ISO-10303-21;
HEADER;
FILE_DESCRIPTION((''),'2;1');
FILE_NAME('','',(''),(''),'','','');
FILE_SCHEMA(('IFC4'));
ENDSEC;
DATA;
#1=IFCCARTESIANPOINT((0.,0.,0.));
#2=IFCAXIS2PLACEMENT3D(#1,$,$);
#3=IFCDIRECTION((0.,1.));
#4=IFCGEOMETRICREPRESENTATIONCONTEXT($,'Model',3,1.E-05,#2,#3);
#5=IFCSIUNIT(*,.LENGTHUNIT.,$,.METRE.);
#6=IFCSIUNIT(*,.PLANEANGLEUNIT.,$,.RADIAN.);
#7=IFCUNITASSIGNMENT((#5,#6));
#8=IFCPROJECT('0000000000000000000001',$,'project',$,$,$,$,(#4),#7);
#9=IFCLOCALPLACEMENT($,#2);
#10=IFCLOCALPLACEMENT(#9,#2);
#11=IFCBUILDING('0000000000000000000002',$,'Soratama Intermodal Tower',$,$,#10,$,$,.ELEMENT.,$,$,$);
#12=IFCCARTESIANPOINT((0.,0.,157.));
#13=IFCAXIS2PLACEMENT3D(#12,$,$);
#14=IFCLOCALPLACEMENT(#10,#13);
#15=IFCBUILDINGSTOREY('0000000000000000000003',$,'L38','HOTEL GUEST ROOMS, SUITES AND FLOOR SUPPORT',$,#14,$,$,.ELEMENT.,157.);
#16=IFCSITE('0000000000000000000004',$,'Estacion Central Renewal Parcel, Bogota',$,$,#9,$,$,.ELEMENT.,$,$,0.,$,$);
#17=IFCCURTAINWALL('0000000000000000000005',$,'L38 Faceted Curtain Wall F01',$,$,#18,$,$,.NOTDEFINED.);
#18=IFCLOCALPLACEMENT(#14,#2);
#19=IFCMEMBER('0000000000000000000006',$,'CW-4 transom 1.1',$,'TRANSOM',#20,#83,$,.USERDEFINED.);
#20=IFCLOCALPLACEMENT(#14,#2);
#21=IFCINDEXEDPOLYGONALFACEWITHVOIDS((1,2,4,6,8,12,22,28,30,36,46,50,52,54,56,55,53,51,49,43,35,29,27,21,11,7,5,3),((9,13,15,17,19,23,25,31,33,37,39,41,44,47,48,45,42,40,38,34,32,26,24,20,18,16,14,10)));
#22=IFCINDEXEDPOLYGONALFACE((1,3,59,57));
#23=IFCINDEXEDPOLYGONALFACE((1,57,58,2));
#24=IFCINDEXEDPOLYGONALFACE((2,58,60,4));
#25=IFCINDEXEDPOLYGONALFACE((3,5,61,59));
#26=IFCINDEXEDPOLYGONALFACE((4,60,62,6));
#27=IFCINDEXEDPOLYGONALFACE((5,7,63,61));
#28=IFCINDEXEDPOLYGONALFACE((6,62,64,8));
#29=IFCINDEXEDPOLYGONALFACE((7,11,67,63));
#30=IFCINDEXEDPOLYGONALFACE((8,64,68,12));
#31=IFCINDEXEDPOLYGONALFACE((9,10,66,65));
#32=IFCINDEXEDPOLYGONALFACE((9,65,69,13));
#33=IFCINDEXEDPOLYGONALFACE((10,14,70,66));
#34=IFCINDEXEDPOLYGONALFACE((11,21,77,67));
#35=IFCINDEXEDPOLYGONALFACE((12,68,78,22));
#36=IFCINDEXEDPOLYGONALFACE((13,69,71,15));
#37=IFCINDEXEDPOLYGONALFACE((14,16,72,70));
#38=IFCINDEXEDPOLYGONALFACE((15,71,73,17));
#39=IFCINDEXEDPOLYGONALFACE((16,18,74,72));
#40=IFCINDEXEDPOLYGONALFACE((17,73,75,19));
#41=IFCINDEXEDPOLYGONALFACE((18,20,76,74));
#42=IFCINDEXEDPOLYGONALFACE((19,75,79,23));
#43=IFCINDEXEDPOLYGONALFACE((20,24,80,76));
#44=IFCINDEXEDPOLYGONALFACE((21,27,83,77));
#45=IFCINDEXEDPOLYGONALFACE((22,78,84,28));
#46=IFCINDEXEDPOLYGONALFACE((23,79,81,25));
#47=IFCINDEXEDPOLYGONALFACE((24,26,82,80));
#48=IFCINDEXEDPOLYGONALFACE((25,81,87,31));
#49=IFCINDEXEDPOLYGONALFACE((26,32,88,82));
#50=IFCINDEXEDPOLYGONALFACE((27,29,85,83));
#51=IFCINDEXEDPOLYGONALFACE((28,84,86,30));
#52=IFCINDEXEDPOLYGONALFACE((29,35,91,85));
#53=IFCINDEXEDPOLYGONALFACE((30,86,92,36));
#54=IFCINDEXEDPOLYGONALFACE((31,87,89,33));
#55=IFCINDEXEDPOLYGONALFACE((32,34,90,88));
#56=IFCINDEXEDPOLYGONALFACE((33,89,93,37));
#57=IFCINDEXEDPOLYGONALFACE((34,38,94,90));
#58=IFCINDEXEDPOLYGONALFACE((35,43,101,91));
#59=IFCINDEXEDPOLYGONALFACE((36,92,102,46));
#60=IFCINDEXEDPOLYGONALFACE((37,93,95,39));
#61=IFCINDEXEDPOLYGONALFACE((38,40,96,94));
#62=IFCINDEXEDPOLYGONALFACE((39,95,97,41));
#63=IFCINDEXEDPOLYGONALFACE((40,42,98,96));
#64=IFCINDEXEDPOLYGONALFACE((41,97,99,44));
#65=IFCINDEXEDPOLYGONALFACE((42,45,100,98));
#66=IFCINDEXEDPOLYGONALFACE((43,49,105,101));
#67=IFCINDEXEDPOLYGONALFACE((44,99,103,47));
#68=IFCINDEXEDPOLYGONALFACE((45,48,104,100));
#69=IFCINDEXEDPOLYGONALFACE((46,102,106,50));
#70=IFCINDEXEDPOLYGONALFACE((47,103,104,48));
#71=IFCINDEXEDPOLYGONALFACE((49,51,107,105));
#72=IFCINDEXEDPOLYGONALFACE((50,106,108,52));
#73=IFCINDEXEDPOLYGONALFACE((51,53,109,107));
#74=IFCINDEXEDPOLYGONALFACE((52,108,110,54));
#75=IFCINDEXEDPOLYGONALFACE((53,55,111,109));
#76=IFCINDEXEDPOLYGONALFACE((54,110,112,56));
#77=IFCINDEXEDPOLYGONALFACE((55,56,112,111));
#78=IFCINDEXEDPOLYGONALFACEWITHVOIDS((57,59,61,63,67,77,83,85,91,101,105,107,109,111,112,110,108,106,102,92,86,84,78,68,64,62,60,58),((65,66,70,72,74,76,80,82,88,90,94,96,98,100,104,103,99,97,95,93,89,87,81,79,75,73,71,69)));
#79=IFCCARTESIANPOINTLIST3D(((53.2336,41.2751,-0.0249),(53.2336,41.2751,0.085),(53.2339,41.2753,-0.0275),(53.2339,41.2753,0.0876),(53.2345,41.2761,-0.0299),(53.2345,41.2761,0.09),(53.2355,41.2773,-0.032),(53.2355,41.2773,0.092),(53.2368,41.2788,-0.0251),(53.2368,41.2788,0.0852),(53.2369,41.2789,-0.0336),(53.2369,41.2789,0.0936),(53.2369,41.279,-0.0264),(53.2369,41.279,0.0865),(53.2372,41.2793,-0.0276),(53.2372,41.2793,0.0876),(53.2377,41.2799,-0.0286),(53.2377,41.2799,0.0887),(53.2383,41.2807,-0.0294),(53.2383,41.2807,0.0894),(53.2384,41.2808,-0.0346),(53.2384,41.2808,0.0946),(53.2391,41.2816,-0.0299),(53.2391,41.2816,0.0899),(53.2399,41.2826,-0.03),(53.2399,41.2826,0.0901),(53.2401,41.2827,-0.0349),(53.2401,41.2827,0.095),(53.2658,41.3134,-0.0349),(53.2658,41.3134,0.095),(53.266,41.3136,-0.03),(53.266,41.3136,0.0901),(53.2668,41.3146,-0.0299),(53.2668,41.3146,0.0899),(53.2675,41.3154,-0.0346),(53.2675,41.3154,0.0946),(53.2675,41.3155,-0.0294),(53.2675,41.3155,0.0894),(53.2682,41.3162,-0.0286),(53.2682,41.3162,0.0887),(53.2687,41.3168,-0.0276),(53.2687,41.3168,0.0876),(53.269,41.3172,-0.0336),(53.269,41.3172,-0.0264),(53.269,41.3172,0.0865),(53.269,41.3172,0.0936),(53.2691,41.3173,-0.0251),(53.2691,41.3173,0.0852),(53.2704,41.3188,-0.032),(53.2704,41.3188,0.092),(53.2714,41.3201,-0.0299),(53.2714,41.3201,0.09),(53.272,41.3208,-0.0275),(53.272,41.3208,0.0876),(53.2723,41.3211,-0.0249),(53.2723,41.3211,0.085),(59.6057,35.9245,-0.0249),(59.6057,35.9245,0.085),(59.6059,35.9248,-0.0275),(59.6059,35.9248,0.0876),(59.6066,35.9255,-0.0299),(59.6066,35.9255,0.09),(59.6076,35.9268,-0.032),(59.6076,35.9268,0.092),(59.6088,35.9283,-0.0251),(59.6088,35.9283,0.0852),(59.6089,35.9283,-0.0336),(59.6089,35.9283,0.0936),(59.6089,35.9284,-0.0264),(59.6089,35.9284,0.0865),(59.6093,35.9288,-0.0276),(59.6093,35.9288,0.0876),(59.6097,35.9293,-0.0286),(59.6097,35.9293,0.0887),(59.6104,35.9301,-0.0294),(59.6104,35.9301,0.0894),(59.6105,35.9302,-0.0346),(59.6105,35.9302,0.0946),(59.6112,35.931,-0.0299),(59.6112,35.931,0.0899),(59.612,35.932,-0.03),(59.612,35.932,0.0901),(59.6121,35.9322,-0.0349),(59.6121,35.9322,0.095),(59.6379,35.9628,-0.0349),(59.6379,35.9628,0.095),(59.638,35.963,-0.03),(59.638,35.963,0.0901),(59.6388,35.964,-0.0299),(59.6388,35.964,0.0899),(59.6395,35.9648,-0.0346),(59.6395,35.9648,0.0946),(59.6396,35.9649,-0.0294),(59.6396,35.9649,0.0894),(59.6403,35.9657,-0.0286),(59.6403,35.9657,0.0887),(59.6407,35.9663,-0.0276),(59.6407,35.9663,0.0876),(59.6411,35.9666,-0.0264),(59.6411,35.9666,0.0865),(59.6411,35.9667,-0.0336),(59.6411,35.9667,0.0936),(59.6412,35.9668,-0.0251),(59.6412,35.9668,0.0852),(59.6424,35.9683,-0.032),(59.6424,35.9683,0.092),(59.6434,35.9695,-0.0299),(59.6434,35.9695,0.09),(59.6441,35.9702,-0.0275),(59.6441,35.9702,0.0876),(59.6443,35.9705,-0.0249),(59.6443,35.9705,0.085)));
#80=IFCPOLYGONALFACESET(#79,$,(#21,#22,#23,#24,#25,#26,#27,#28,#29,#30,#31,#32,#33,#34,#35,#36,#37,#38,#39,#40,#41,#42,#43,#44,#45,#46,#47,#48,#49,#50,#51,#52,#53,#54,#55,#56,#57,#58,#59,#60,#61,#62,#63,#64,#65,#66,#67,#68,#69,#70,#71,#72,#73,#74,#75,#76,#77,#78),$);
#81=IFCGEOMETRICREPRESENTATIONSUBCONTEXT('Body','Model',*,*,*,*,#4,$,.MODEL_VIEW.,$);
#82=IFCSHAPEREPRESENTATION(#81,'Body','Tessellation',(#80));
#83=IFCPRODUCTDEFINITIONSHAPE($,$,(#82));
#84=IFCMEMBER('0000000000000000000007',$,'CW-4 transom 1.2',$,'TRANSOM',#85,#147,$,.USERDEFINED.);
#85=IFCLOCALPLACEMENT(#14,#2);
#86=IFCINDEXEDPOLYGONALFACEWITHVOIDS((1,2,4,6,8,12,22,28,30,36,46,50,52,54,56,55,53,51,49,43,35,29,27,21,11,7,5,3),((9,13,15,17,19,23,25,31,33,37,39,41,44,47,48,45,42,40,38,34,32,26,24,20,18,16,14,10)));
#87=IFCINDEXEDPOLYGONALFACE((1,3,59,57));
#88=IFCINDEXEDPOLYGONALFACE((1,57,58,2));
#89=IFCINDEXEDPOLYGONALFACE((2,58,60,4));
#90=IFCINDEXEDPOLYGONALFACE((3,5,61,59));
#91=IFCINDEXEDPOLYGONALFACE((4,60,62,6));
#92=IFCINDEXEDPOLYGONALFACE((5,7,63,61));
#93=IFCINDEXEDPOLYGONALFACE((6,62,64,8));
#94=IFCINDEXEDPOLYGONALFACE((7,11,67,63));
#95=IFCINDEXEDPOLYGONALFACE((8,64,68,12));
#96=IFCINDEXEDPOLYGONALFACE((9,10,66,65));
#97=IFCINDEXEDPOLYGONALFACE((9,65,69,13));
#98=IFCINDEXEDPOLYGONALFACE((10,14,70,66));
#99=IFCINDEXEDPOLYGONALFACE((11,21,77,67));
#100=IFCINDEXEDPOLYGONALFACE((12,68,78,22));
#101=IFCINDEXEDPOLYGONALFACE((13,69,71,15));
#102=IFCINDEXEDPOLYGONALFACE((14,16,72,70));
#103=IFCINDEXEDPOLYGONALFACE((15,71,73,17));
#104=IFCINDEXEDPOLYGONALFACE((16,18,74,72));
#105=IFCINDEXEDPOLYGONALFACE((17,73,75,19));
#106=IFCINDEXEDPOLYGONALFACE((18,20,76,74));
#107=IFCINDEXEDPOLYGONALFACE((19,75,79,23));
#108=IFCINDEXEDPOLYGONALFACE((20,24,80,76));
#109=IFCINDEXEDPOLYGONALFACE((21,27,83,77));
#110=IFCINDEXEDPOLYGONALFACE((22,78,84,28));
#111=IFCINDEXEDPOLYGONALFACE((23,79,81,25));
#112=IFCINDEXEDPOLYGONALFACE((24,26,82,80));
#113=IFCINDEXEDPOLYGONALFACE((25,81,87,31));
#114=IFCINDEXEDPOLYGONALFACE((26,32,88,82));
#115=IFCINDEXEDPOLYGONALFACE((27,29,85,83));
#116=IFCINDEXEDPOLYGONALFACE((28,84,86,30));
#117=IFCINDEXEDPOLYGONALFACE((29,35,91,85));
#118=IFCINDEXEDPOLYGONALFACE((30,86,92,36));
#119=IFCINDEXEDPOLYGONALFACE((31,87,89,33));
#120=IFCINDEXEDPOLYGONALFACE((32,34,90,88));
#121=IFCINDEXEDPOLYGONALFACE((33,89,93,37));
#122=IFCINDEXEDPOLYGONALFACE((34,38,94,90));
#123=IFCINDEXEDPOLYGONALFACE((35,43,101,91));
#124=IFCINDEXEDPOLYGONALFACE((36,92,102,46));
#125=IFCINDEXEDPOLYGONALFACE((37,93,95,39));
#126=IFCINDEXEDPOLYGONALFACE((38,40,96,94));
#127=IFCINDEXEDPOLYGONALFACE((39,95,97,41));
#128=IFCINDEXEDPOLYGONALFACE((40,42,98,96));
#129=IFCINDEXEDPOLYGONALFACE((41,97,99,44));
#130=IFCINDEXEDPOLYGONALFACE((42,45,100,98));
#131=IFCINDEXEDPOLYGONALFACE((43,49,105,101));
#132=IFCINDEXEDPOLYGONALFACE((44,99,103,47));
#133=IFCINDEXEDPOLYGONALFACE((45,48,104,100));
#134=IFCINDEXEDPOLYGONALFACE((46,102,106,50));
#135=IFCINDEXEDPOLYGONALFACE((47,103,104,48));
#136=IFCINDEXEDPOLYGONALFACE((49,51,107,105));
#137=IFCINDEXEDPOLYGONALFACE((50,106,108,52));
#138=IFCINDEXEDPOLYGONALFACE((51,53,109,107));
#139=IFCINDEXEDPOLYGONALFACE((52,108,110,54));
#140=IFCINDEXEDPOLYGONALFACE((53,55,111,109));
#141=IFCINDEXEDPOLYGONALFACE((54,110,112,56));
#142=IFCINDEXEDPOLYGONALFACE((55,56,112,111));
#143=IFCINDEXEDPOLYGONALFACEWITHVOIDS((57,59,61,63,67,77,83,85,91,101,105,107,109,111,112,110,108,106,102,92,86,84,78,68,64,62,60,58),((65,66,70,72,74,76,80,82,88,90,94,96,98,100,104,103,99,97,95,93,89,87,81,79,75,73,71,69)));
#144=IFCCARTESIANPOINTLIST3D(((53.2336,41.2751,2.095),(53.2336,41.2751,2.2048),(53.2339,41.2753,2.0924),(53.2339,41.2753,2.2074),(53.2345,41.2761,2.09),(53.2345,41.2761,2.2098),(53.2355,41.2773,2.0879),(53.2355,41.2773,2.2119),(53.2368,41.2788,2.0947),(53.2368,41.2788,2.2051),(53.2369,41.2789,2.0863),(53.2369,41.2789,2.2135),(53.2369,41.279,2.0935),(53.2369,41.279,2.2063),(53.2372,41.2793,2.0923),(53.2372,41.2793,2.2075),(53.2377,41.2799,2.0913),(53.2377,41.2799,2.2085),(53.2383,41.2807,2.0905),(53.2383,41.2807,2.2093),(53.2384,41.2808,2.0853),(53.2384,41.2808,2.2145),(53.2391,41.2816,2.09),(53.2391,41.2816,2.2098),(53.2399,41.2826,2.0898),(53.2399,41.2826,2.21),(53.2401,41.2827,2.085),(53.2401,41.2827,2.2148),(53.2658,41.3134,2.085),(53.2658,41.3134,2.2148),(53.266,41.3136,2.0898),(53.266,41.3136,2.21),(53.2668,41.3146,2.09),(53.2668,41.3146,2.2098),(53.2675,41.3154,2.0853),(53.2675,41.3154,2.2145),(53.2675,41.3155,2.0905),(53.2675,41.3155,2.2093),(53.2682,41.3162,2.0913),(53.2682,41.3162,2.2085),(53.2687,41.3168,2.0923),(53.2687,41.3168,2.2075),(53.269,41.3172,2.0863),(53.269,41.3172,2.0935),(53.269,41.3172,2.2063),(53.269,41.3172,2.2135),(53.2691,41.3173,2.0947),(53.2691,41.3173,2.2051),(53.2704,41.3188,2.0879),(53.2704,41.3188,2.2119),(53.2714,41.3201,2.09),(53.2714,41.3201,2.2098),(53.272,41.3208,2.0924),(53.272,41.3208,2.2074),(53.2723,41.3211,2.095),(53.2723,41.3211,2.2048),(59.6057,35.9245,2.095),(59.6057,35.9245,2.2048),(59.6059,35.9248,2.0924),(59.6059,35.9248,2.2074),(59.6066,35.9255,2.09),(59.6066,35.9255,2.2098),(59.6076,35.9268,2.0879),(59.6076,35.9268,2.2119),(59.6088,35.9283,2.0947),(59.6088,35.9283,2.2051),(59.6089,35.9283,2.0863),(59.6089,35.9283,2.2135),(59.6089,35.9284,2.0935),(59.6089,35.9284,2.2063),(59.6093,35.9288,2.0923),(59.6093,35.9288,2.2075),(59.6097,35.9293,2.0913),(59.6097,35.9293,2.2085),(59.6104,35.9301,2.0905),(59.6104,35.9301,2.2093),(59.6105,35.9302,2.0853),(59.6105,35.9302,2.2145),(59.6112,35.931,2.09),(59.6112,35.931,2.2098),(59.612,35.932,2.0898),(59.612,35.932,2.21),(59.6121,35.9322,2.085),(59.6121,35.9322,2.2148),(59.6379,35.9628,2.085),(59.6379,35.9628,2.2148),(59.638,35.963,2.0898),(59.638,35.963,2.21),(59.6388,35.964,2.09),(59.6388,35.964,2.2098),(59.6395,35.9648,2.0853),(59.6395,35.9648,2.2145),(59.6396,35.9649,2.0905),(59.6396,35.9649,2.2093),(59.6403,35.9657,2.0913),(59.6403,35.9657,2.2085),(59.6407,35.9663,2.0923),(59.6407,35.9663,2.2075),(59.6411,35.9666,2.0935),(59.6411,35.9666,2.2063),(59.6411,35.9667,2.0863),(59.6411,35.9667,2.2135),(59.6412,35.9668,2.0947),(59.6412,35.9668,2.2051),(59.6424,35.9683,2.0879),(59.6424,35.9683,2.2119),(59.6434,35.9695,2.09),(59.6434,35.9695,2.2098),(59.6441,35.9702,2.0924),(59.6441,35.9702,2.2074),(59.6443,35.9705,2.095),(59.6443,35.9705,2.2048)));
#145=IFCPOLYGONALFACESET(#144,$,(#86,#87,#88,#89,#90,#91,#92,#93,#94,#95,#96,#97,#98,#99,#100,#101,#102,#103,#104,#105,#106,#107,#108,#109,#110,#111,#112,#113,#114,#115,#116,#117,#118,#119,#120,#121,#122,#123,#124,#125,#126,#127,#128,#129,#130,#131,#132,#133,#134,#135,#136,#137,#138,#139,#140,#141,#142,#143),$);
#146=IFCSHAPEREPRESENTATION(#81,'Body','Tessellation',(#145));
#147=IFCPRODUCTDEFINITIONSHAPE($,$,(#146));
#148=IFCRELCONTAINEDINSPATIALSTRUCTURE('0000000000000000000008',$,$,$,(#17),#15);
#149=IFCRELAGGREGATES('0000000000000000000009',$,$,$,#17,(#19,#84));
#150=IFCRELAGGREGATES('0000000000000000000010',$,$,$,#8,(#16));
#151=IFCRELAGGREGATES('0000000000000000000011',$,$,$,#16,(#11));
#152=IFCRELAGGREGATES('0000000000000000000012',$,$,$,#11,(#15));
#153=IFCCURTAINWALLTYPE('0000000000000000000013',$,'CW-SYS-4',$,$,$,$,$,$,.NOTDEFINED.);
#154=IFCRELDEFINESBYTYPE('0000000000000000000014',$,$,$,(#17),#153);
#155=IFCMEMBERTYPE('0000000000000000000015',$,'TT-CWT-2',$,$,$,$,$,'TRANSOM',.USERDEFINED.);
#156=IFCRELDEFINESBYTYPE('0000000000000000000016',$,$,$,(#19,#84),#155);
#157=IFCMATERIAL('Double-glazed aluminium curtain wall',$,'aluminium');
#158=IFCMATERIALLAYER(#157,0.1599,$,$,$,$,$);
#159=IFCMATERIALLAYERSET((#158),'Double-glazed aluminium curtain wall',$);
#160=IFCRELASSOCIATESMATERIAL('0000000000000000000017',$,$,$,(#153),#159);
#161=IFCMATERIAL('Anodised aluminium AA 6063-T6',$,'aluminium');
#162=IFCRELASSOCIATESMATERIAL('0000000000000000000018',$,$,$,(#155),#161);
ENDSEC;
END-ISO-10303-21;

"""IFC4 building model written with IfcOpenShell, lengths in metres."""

from ifc_helpers import new_model, si_unit, direction, frame, origin, origin_2d, place, context, subcontext, project, spatial, hollow_rectangle, extrude, material, layer, layer_set, material_profile, profile_set, type_object, element, aggregate, save


model = new_model("IFC4")

# Units and contexts
model_context = context("Model", 3, precision=1e-05, world=origin(), true_north=direction((0.0, 1.0)))
body_context = subcontext(model_context, "Body", "Model", "MODEL_VIEW")
ifc_project = project(units=[si_unit("LENGTHUNIT", "METRE"), si_unit("PLANEANGLEUNIT", "RADIAN")], contexts=[model_context])

# Site, building, storey
site_placement = place(None, origin())
site = spatial("IfcSite", under=ifc_project, at=site_placement, Name="Estacion Central Renewal Parcel, Bogota", CompositionType="ELEMENT", RefElevation=0.0)
building_placement = place(site_placement, origin())
building = spatial("IfcBuilding", under=site, at=building_placement, Name="Soratama Intermodal Tower", CompositionType="ELEMENT")
storey_placement = place(building_placement, frame((0.0, 0.0, 157.0)))
storey = spatial("IfcBuildingStorey", under=building, at=storey_placement, Name="L38", Description="HOTEL GUEST ROOMS, SUITES AND FLOOR SUPPORT", CompositionType="ELEMENT", Elevation=157.0)

# Curtain wall, members
ifc_material_1 = material(Name="Double-glazed aluminium curtain wall", Category="aluminium")
ifc_layer_1 = layer(ifc_material_1, 0.1599)
ifc_layer_set_1 = layer_set([ifc_layer_1], Name="Double-glazed aluminium curtain wall")
curtain_wall_type = type_object("IfcCurtainWallType", Name="CW-SYS-4", PredefinedType="NOTDEFINED", material=ifc_layer_set_1)
curtain_wall_placement = place(storey_placement, origin())
curtain_wall = element("IfcCurtainWall", 1, at=curtain_wall_placement, inside=storey, type_object=curtain_wall_type, Name="L38 Faceted Curtain Wall F01", PredefinedType="NOTDEFINED")
ifc_material_2 = material(Name="Anodised aluminium AA 6063-T6", Category="aluminium")
ifc_material_profile_1 = material_profile(ifc_material_2, hollow_rectangle(XDim=0.0601, YDim=0.1299, WallThickness=0.0049, InnerFilletRadius=0.0049, OuterFilletRadius=0.01, at=origin_2d()), Name="CWT130X60X5")
ifc_profile_set_1 = profile_set([ifc_material_profile_1], Name="Anodised aluminium AA 6063-T6")
member_type_1 = type_object("IfcMemberType", Name="TT-CWT-2", ElementType="TRANSOM", PredefinedType="USERDEFINED", material=ifc_profile_set_1)
member_1_placement = place(storey_placement, frame((59.625, 35.9475, 0.03), z_axis=(-0.76582, 0.643054, 0.0), x_axis=(-0.643054, -0.76582, 0.0)))
member_1 = element("IfcMember", 2, at=member_1_placement, type_object=member_type_1, Name="CW-4 transom 1.1", ObjectType="TRANSOM", PredefinedType="USERDEFINED", context=body_context, shape_type="SweptSolid", body=[
    extrude(hollow_rectangle(XDim=0.0601, YDim=0.1299, WallThickness=0.0049, InnerFilletRadius=0.0049, OuterFilletRadius=0.01, at=origin_2d()), origin(), (0.0, 0.0, 1.0), 8.3206),
])
member_2_placement = place(storey_placement, frame((59.625, 35.9475, 2.1499), z_axis=(-0.76582, 0.643054, 0.0), x_axis=(-0.643054, -0.76582, 0.0)))
member_2 = element("IfcMember", 3, at=member_2_placement, type_object=member_type_1, Name="CW-4 transom 1.2", ObjectType="TRANSOM", PredefinedType="USERDEFINED", context=body_context, shape_type="SweptSolid", body=[
    extrude(hollow_rectangle(XDim=0.0601, YDim=0.1299, WallThickness=0.0049, InnerFilletRadius=0.0049, OuterFilletRadius=0.01, at=origin_2d()), origin(), (0.0, 0.0, 1.0), 8.3206),
])
aggregate(curtain_wall, [member_1, member_2])

save(model, "model.ifc")
